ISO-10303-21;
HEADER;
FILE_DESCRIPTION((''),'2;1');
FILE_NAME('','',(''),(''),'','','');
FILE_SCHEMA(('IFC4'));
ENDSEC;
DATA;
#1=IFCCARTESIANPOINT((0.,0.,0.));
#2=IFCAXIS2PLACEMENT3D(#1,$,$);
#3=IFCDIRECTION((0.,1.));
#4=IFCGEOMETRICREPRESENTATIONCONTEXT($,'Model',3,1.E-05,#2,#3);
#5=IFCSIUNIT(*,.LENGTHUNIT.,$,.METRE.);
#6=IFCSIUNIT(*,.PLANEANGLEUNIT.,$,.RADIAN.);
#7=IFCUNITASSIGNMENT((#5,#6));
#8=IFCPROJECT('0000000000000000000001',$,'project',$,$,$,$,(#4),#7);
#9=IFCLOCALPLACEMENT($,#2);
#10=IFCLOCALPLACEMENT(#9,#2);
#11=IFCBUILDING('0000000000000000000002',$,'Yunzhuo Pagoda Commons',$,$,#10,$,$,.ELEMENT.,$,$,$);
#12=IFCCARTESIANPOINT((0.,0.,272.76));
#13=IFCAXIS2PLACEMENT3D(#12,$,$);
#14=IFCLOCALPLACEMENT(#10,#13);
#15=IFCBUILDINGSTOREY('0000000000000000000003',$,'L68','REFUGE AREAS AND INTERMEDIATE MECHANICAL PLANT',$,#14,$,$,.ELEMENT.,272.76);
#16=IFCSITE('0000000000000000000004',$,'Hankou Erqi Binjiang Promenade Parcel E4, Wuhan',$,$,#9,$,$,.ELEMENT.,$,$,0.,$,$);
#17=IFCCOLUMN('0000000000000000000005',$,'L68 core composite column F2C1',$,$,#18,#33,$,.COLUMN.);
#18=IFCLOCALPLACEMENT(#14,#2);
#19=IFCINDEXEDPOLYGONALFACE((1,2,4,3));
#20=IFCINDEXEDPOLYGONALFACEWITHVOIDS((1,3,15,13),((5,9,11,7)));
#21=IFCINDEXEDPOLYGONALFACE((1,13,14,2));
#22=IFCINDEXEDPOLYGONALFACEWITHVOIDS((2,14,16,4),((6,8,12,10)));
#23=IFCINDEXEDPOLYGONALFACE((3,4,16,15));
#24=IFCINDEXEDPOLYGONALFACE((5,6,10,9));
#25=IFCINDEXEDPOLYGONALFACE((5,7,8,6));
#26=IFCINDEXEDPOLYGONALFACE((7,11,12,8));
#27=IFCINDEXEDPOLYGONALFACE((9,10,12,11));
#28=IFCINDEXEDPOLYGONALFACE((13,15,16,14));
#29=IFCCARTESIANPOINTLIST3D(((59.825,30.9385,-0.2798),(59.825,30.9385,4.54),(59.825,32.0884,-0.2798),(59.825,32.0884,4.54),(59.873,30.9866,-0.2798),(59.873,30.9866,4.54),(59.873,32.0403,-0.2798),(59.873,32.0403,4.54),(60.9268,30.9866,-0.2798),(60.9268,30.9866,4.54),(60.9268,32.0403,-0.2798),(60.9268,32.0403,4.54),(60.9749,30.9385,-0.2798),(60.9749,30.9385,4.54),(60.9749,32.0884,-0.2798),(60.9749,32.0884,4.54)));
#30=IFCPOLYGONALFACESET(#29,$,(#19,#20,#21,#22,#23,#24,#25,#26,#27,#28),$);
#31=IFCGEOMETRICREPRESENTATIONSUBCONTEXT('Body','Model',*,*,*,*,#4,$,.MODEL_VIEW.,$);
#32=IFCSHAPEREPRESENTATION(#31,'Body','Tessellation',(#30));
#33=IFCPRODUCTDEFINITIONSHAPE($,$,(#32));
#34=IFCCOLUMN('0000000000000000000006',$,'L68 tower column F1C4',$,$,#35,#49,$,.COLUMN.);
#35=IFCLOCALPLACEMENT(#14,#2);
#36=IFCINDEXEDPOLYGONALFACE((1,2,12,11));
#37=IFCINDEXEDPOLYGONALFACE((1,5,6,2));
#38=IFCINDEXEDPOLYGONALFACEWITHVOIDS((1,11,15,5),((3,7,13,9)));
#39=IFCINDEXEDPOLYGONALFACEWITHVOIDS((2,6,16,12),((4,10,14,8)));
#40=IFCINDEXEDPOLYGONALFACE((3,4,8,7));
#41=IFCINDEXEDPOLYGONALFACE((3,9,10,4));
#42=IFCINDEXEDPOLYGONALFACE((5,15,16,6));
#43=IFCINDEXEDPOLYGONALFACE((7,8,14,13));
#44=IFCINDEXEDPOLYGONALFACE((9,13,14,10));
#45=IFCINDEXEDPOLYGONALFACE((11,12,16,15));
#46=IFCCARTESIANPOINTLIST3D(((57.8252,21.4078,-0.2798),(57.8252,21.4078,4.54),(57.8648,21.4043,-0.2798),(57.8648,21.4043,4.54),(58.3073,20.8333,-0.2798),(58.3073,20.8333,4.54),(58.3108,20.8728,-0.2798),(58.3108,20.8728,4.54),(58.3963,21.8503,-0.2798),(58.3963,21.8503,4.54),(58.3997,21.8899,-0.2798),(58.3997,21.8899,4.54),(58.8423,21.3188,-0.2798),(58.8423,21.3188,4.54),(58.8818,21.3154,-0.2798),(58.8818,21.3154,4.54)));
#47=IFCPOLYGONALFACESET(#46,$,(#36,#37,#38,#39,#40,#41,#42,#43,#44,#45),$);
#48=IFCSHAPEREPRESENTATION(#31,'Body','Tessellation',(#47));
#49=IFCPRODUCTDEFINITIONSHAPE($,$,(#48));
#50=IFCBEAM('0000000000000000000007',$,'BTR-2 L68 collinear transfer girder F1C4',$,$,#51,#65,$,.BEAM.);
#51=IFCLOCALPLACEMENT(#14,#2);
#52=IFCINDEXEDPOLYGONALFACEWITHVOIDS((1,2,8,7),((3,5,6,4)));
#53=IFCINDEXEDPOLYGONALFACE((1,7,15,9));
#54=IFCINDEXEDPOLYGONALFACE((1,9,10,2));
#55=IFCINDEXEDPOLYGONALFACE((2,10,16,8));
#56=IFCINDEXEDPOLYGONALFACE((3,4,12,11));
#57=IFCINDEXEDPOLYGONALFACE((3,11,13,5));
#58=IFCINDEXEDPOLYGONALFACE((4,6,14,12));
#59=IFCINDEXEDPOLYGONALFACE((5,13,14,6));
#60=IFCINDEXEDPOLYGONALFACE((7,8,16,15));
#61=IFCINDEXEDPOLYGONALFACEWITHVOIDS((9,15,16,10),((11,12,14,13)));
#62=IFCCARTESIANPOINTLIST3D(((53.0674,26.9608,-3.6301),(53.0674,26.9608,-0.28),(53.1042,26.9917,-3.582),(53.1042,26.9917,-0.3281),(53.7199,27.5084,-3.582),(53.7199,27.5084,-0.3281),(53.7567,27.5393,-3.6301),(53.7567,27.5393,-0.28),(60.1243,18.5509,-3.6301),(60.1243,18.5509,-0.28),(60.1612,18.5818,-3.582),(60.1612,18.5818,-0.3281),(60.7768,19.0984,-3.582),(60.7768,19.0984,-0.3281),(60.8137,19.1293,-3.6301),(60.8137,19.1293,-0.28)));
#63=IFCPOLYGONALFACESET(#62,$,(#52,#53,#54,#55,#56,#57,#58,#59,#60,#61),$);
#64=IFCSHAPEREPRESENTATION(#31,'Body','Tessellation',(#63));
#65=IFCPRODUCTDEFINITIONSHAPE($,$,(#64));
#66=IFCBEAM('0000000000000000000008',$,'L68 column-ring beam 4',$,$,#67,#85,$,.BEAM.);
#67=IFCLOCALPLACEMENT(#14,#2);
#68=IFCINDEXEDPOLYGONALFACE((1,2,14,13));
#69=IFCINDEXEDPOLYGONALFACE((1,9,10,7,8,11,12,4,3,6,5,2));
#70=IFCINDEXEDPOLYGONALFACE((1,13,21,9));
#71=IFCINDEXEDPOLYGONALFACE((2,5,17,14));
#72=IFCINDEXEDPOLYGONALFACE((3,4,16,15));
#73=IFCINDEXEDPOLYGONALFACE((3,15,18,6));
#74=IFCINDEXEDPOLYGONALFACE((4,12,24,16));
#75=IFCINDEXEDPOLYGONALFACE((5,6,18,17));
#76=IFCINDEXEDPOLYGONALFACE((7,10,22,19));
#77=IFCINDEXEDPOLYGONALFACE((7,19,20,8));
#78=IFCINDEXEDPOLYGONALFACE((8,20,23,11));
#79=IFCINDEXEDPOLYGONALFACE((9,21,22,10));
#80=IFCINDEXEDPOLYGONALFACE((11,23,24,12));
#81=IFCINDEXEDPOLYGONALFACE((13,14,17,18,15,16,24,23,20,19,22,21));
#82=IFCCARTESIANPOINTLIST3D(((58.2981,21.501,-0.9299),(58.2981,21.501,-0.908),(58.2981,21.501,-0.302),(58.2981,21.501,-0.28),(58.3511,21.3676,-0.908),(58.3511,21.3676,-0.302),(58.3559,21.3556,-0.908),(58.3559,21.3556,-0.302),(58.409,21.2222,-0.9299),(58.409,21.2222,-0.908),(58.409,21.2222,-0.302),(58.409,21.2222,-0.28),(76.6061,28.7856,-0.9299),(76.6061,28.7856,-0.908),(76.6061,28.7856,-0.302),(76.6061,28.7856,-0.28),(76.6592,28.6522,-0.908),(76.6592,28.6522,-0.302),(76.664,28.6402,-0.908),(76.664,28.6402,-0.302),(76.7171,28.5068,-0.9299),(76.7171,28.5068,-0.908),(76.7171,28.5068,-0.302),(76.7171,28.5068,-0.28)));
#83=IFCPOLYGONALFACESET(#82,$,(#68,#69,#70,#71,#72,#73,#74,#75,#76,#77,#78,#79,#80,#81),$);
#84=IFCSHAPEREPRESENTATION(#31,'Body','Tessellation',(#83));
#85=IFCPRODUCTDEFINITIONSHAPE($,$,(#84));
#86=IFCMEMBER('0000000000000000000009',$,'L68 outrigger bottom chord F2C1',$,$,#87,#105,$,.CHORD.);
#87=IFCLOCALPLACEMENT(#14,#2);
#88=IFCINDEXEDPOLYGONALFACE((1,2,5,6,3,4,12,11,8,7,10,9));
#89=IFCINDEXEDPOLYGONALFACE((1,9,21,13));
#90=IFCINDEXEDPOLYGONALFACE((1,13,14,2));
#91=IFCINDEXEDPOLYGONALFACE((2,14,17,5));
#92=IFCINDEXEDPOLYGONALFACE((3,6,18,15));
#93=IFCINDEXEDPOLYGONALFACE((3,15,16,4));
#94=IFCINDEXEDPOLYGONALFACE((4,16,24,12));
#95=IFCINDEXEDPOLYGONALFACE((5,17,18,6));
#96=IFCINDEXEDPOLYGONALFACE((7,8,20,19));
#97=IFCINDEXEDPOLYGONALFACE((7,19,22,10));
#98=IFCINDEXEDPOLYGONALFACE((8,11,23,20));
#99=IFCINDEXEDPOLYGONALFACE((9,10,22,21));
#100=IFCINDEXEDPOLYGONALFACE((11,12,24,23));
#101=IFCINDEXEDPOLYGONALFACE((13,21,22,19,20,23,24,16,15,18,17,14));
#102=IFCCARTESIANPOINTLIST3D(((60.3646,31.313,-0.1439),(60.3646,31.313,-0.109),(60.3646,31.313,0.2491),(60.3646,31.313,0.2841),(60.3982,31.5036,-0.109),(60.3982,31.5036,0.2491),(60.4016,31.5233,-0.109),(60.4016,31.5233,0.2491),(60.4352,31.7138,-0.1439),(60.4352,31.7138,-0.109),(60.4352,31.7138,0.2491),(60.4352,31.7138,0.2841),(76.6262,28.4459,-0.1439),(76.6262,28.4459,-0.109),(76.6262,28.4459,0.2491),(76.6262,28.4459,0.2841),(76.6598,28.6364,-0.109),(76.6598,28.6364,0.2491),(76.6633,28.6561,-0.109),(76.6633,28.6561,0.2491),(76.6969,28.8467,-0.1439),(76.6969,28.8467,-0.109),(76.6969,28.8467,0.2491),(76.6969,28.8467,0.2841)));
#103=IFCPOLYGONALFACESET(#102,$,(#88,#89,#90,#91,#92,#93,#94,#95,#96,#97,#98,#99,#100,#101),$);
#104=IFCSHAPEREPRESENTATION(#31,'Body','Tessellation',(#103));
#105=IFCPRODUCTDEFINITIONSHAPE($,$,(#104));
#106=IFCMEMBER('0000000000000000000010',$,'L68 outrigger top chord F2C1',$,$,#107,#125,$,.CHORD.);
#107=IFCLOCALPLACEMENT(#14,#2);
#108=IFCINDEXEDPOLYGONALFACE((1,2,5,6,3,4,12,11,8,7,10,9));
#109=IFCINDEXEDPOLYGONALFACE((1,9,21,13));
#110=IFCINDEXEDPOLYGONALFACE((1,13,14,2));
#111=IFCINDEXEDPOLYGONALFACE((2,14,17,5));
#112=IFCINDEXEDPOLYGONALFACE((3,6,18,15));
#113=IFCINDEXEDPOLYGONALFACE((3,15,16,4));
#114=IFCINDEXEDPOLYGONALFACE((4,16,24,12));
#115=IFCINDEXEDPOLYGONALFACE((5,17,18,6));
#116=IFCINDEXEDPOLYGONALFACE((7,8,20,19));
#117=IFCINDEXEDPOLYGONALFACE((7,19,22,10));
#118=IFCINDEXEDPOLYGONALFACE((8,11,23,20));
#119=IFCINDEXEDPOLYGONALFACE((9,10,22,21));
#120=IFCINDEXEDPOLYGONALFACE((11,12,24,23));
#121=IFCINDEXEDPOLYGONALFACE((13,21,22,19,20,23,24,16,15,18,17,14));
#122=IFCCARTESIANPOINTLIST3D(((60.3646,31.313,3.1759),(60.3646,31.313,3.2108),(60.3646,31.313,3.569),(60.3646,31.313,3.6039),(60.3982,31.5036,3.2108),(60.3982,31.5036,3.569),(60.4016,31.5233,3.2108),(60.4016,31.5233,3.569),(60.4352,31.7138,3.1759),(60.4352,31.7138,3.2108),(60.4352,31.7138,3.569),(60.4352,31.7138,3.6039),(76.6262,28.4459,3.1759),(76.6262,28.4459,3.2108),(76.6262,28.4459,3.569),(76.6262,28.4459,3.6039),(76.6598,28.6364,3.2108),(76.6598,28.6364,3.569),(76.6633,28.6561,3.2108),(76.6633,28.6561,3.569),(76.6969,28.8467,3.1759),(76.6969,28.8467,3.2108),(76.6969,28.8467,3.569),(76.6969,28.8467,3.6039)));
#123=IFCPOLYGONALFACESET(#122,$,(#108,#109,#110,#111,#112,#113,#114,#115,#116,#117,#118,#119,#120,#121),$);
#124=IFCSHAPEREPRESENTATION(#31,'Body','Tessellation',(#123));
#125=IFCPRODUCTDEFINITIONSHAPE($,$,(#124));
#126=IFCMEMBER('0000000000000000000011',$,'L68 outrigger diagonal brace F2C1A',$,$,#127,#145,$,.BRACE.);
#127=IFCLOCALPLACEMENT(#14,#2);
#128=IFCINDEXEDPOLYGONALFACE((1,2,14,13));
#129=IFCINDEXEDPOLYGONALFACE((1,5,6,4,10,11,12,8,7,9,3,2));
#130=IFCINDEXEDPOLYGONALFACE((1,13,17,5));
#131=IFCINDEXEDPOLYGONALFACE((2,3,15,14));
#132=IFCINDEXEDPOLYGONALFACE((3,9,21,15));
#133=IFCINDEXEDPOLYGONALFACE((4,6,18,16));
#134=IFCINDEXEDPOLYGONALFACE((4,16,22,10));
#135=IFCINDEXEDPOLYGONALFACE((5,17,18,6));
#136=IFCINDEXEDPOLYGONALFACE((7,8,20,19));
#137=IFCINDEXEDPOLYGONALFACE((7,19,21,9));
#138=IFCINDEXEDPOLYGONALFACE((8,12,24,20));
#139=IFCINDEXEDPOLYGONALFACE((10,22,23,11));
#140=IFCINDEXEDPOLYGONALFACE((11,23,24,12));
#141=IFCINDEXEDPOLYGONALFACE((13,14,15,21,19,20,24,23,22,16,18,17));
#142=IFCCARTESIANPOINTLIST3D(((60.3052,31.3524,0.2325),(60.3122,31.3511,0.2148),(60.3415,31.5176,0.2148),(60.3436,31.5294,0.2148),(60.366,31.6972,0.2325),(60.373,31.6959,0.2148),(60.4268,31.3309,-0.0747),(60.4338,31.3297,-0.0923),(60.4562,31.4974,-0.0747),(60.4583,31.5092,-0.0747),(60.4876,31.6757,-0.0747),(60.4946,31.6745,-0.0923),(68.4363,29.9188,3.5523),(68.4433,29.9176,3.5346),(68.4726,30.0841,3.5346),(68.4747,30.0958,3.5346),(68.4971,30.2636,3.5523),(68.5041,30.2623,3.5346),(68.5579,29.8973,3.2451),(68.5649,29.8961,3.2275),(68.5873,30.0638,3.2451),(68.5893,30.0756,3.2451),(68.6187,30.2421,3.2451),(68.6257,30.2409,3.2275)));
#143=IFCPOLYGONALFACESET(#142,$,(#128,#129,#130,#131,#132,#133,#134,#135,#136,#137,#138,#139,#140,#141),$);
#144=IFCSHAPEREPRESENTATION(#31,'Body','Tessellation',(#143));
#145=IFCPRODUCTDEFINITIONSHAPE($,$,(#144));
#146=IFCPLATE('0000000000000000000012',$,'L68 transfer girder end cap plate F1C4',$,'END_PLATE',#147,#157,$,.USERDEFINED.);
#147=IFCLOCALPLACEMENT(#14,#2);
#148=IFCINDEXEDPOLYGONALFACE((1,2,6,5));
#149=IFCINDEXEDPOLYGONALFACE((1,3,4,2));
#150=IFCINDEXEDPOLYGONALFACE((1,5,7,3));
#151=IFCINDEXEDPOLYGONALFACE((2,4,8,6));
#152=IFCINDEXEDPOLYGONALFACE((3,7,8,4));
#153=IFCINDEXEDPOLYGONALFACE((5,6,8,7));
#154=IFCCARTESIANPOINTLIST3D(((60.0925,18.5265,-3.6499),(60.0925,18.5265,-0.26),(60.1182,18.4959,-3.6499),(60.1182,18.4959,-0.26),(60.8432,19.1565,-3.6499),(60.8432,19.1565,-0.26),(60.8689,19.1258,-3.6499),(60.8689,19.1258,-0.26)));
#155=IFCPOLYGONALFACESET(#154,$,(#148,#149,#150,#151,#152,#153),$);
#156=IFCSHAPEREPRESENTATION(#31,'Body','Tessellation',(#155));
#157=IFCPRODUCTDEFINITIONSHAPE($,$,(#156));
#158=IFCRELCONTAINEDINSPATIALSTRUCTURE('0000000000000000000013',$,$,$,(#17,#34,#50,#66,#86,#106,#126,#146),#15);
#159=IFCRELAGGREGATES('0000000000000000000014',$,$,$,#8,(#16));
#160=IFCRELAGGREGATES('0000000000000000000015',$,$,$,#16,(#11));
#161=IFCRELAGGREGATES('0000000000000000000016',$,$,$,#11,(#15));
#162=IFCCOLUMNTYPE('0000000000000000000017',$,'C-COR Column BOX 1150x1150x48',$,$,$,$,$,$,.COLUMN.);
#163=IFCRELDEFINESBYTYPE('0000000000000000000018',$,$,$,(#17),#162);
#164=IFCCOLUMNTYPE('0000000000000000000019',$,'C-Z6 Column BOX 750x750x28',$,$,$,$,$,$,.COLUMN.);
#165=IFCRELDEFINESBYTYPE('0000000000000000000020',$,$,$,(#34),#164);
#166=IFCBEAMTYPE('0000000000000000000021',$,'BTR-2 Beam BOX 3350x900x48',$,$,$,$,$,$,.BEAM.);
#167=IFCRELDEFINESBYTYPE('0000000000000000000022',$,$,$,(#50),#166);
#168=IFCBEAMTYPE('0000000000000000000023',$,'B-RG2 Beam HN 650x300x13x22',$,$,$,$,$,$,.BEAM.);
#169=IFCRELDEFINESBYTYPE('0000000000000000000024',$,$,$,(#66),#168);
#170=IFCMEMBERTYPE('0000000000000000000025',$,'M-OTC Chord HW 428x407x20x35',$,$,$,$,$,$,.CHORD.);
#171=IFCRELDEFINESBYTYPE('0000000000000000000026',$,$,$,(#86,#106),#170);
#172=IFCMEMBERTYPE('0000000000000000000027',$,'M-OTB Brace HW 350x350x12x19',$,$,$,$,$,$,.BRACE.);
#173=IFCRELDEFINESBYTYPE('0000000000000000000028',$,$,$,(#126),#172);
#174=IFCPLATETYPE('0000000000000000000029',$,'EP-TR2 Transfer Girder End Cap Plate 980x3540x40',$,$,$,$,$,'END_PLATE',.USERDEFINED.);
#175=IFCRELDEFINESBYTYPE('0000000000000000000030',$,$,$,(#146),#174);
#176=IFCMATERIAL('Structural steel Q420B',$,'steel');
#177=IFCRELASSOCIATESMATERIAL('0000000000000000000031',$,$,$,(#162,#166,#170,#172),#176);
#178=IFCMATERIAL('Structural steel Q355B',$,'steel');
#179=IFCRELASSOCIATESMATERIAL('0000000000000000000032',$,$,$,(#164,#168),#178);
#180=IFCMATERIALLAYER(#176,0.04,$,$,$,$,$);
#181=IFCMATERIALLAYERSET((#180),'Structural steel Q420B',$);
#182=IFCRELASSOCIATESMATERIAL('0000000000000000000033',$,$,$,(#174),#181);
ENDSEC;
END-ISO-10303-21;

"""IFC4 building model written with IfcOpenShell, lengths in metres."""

from ifc_helpers import new_model, si_unit, direction, frame, origin, origin_2d, place, context, subcontext, project, spatial, rectangle, hollow_rectangle, i_section, extrude, source, transform, mapped, material, layer, layer_set, material_profile, profile_set, type_object, element, save


model = new_model("IFC4")

# Units and contexts
model_context = context("Model", 3, precision=1e-05, world=origin(), true_north=direction((0.0, 1.0)))
body_context = subcontext(model_context, "Body", "Model", "MODEL_VIEW")
ifc_project = project(units=[si_unit("LENGTHUNIT", "METRE"), si_unit("PLANEANGLEUNIT", "RADIAN")], contexts=[model_context])

# Site, building, storey
site_placement = place(None, origin())
site = spatial("IfcSite", under=ifc_project, at=site_placement, Name="Hankou Erqi Binjiang Promenade Parcel E4, Wuhan", CompositionType="ELEMENT", RefElevation=0.0)
building_placement = place(site_placement, origin())
building = spatial("IfcBuilding", under=site, at=building_placement, Name="Yunzhuo Pagoda Commons", CompositionType="ELEMENT")
storey_placement = place(building_placement, frame((0.0, 0.0, 272.76)))
storey = spatial("IfcBuildingStorey", under=building, at=storey_placement, Name="L68", Description="REFUGE AREAS AND INTERMEDIATE MECHANICAL PLANT", CompositionType="ELEMENT", Elevation=272.76)

# Columns
ifc_material_1 = material(Name="Structural steel Q420B", Category="steel")
ifc_material_profile_1 = material_profile(ifc_material_1, hollow_rectangle(XDim=1.1499, YDim=1.1499, WallThickness=0.0481, at=origin_2d()), Name="Structural steel Q420B")
ifc_profile_set_1 = profile_set([ifc_material_profile_1], Name="Structural steel Q420B")
column_type_1 = type_object("IfcColumnType", Name="C-COR Column BOX 1150x1150x48", PredefinedType="COLUMN", material=ifc_profile_set_1)
shared_shape_1 = source(origin(), body_context, "Body", "SweptSolid", [
    extrude(hollow_rectangle(XDim=1.1499, YDim=1.1499, WallThickness=0.0481, at=origin_2d()), origin(), (0.0, 0.0, 1.0), 4.8198),
])
column_1_placement = place(storey_placement, frame((60.3999, 31.5134, -0.2798), z_axis=(0.0, 0.0, 1.0), x_axis=(1.0, 0.0, 0.0)))
element("IfcColumn", 1, at=column_1_placement, inside=storey, type_object=column_type_1, Name="L68 core composite column F2C1", PredefinedType="COLUMN", context=body_context, shape_type="MappedRepresentation", body=[
    mapped(shared_shape_1, transform((0.0, 0.0, 0.0), scale=1.0)),
])
ifc_material_2 = material(Name="Structural steel Q355B", Category="steel")
ifc_material_profile_2 = material_profile(ifc_material_2, hollow_rectangle(XDim=0.75, YDim=0.75, WallThickness=0.0281, at=origin_2d()), Name="Structural steel Q355B")
ifc_profile_set_2 = profile_set([ifc_material_profile_2], Name="Structural steel Q355B")
column_type_2 = type_object("IfcColumnType", Name="C-Z6 Column BOX 750x750x28", PredefinedType="COLUMN", material=ifc_profile_set_2)
shared_shape_2 = source(origin(), body_context, "Body", "SweptSolid", [
    extrude(hollow_rectangle(XDim=0.75, YDim=0.75, WallThickness=0.0281, at=origin_2d()), origin(), (0.0, 0.0, 1.0), 4.8198),
])
column_2_placement = place(storey_placement, frame((58.3535, 21.3616, -0.2798), z_axis=(0.0, 0.0, 1.0), x_axis=(0.766044, 0.642788, 0.0)))
element("IfcColumn", 2, at=column_2_placement, inside=storey, type_object=column_type_2, Name="L68 tower column F1C4", PredefinedType="COLUMN", context=body_context, shape_type="MappedRepresentation", body=[
    mapped(shared_shape_2, transform((0.0, 0.0, 0.0), scale=1.0)),
])

# Beams
ifc_material_profile_3 = material_profile(ifc_material_1, hollow_rectangle(XDim=0.8999, YDim=3.3501, WallThickness=0.0481, at=origin_2d()), Name="Structural steel Q420B")
ifc_profile_set_3 = profile_set([ifc_material_profile_3], Name="Structural steel Q420B")
beam_type_1 = type_object("IfcBeamType", Name="BTR-2 Beam BOX 3350x900x48", PredefinedType="BEAM", material=ifc_profile_set_3)
shared_shape_3 = source(origin(), body_context, "Body", "SweptSolid", [
    extrude(hollow_rectangle(XDim=0.8999, YDim=3.3501, WallThickness=0.0481, at=origin_2d()), origin(), (0.0, 0.0, 1.0), 10.9785),
])
beam_1_placement = place(storey_placement, frame((60.469, 18.8401, -1.9551), z_axis=(-0.642795, 0.766039, 0.0), x_axis=(-0.766039, -0.642795, 0.0)))
element("IfcBeam", 3, at=beam_1_placement, inside=storey, type_object=beam_type_1, Name="BTR-2 L68 collinear transfer girder F1C4", PredefinedType="BEAM", context=body_context, shape_type="MappedRepresentation", body=[
    mapped(shared_shape_3, transform((0.0, 0.0, 0.0), scale=1.0)),
])
ifc_material_profile_4 = material_profile(ifc_material_2, i_section(OverallWidth=0.3, OverallDepth=0.6499, WebThickness=0.0129, FlangeThickness=0.022, at=origin_2d()), Name="Structural steel Q355B")
ifc_profile_set_4 = profile_set([ifc_material_profile_4], Name="Structural steel Q355B")
beam_type_2 = type_object("IfcBeamType", Name="B-RG2 Beam HN 650x300x13x22", PredefinedType="BEAM", material=ifc_profile_set_4)
shared_shape_4 = source(origin(), body_context, "Body", "SweptSolid", [
    extrude(i_section(OverallWidth=0.3, OverallDepth=0.6499, WebThickness=0.0129, FlangeThickness=0.022, at=origin_2d()), origin(), (0.0, 0.0, 1.0), 19.7041),
])
beam_2_placement = place(storey_placement, frame((58.3535, 21.3616, -0.605), z_axis=(0.92915, 0.369702, 0.0), x_axis=(-0.369702, 0.92915, 0.0)))
element("IfcBeam", 4, at=beam_2_placement, inside=storey, type_object=beam_type_2, Name="L68 column-ring beam 4", PredefinedType="BEAM", context=body_context, shape_type="MappedRepresentation", body=[
    mapped(shared_shape_4, transform((0.0, 0.0, 0.0), scale=1.0)),
])

# Members
ifc_material_profile_5 = material_profile(ifc_material_1, i_section(OverallWidth=0.407, OverallDepth=0.428, WebThickness=0.02, FlangeThickness=0.0349, at=origin_2d()), Name="Structural steel Q420B")
ifc_profile_set_5 = profile_set([ifc_material_profile_5], Name="Structural steel Q420B")
member_type_1 = type_object("IfcMemberType", Name="M-OTC Chord HW 428x407x20x35", PredefinedType="CHORD", material=ifc_profile_set_5)
shared_shape_5 = source(origin(), body_context, "Body", "SweptSolid", [
    extrude(i_section(OverallWidth=0.407, OverallDepth=0.428, WebThickness=0.02, FlangeThickness=0.0349, at=origin_2d()), origin(), (0.0, 0.0, 1.0), 16.5125),
])
for number, where, z_axis, x_axis, name in (
    (5, (60.3999, 31.5134, 0.0701), (0.98481, -0.173637, 0.0), (0.173637, 0.98481, 0.0), "L68 outrigger bottom chord F2C1"),
    (6, (60.3999, 31.5134, 3.3899), (0.98481, -0.173637, 0.0), (0.173637, 0.98481, 0.0), "L68 outrigger top chord F2C1"),
):
    element("IfcMember", number, at=place(storey_placement, frame(where, z_axis=z_axis, x_axis=x_axis)), inside=storey, type_object=member_type_1, Name=name, PredefinedType="CHORD", context=body_context, shape_type="MappedRepresentation", body=[
        mapped(shared_shape_5, transform((0.0, 0.0, 0.0), scale=1.0)),
    ])
ifc_material_profile_6 = material_profile(ifc_material_1, i_section(OverallWidth=0.3501, OverallDepth=0.3501, WebThickness=0.012, FlangeThickness=0.019, at=origin_2d()), Name="Structural steel Q420B")
ifc_profile_set_6 = profile_set([ifc_material_profile_6], Name="Structural steel Q420B")
member_type_2 = type_object("IfcMemberType", Name="M-OTB Brace HW 350x350x12x19", PredefinedType="BRACE", material=ifc_profile_set_6)
shared_shape_6 = source(origin(), body_context, "Body", "SweptSolid", [
    extrude(i_section(OverallWidth=0.3501, OverallDepth=0.3501, WebThickness=0.012, FlangeThickness=0.019, at=origin_2d()), origin(), (0.0, 0.0, 1.0), 8.8989),
])
member_placement = place(storey_placement, frame((60.3999, 31.5134, 0.0701), z_axis=(0.913715, -0.161097, 0.373058), x_axis=(0.173632, 0.984811, 0.0)))
element("IfcMember", 7, at=member_placement, inside=storey, type_object=member_type_2, Name="L68 outrigger diagonal brace F2C1A", PredefinedType="BRACE", context=body_context, shape_type="MappedRepresentation", body=[
    mapped(shared_shape_6, transform((0.0, 0.0, 0.0), scale=1.0)),
])

# Plate
ifc_layer_1 = layer(ifc_material_1, 0.04)
ifc_layer_set_1 = layer_set([ifc_layer_1], Name="Structural steel Q420B")
plate_type_1 = type_object("IfcPlateType", Name="EP-TR2 Transfer Girder End Cap Plate 980x3540x40", ElementType="END_PLATE", PredefinedType="USERDEFINED", material=ifc_layer_set_1)
shared_shape_7 = source(origin(), body_context, "Body", "SweptSolid", [
    extrude(rectangle(XDim=0.98, YDim=0.04, at=origin_2d()), origin(), (0.0, 0.0, 1.0), 3.3899),
])
plate_1_placement = place(storey_placement, frame((60.4807, 18.8262, -3.6499), z_axis=(0.0, 0.0, 1.0), x_axis=(0.766044, 0.642788, 0.0)))
element("IfcPlate", 8, at=plate_1_placement, inside=storey, type_object=plate_type_1, Name="L68 transfer girder end cap plate F1C4", ObjectType="END_PLATE", PredefinedType="USERDEFINED", context=body_context, shape_type="MappedRepresentation", body=[
    mapped(shared_shape_7, transform((0.0, 0.0, 0.0), scale=1.0)),
])

save(model, "model.ifc")
